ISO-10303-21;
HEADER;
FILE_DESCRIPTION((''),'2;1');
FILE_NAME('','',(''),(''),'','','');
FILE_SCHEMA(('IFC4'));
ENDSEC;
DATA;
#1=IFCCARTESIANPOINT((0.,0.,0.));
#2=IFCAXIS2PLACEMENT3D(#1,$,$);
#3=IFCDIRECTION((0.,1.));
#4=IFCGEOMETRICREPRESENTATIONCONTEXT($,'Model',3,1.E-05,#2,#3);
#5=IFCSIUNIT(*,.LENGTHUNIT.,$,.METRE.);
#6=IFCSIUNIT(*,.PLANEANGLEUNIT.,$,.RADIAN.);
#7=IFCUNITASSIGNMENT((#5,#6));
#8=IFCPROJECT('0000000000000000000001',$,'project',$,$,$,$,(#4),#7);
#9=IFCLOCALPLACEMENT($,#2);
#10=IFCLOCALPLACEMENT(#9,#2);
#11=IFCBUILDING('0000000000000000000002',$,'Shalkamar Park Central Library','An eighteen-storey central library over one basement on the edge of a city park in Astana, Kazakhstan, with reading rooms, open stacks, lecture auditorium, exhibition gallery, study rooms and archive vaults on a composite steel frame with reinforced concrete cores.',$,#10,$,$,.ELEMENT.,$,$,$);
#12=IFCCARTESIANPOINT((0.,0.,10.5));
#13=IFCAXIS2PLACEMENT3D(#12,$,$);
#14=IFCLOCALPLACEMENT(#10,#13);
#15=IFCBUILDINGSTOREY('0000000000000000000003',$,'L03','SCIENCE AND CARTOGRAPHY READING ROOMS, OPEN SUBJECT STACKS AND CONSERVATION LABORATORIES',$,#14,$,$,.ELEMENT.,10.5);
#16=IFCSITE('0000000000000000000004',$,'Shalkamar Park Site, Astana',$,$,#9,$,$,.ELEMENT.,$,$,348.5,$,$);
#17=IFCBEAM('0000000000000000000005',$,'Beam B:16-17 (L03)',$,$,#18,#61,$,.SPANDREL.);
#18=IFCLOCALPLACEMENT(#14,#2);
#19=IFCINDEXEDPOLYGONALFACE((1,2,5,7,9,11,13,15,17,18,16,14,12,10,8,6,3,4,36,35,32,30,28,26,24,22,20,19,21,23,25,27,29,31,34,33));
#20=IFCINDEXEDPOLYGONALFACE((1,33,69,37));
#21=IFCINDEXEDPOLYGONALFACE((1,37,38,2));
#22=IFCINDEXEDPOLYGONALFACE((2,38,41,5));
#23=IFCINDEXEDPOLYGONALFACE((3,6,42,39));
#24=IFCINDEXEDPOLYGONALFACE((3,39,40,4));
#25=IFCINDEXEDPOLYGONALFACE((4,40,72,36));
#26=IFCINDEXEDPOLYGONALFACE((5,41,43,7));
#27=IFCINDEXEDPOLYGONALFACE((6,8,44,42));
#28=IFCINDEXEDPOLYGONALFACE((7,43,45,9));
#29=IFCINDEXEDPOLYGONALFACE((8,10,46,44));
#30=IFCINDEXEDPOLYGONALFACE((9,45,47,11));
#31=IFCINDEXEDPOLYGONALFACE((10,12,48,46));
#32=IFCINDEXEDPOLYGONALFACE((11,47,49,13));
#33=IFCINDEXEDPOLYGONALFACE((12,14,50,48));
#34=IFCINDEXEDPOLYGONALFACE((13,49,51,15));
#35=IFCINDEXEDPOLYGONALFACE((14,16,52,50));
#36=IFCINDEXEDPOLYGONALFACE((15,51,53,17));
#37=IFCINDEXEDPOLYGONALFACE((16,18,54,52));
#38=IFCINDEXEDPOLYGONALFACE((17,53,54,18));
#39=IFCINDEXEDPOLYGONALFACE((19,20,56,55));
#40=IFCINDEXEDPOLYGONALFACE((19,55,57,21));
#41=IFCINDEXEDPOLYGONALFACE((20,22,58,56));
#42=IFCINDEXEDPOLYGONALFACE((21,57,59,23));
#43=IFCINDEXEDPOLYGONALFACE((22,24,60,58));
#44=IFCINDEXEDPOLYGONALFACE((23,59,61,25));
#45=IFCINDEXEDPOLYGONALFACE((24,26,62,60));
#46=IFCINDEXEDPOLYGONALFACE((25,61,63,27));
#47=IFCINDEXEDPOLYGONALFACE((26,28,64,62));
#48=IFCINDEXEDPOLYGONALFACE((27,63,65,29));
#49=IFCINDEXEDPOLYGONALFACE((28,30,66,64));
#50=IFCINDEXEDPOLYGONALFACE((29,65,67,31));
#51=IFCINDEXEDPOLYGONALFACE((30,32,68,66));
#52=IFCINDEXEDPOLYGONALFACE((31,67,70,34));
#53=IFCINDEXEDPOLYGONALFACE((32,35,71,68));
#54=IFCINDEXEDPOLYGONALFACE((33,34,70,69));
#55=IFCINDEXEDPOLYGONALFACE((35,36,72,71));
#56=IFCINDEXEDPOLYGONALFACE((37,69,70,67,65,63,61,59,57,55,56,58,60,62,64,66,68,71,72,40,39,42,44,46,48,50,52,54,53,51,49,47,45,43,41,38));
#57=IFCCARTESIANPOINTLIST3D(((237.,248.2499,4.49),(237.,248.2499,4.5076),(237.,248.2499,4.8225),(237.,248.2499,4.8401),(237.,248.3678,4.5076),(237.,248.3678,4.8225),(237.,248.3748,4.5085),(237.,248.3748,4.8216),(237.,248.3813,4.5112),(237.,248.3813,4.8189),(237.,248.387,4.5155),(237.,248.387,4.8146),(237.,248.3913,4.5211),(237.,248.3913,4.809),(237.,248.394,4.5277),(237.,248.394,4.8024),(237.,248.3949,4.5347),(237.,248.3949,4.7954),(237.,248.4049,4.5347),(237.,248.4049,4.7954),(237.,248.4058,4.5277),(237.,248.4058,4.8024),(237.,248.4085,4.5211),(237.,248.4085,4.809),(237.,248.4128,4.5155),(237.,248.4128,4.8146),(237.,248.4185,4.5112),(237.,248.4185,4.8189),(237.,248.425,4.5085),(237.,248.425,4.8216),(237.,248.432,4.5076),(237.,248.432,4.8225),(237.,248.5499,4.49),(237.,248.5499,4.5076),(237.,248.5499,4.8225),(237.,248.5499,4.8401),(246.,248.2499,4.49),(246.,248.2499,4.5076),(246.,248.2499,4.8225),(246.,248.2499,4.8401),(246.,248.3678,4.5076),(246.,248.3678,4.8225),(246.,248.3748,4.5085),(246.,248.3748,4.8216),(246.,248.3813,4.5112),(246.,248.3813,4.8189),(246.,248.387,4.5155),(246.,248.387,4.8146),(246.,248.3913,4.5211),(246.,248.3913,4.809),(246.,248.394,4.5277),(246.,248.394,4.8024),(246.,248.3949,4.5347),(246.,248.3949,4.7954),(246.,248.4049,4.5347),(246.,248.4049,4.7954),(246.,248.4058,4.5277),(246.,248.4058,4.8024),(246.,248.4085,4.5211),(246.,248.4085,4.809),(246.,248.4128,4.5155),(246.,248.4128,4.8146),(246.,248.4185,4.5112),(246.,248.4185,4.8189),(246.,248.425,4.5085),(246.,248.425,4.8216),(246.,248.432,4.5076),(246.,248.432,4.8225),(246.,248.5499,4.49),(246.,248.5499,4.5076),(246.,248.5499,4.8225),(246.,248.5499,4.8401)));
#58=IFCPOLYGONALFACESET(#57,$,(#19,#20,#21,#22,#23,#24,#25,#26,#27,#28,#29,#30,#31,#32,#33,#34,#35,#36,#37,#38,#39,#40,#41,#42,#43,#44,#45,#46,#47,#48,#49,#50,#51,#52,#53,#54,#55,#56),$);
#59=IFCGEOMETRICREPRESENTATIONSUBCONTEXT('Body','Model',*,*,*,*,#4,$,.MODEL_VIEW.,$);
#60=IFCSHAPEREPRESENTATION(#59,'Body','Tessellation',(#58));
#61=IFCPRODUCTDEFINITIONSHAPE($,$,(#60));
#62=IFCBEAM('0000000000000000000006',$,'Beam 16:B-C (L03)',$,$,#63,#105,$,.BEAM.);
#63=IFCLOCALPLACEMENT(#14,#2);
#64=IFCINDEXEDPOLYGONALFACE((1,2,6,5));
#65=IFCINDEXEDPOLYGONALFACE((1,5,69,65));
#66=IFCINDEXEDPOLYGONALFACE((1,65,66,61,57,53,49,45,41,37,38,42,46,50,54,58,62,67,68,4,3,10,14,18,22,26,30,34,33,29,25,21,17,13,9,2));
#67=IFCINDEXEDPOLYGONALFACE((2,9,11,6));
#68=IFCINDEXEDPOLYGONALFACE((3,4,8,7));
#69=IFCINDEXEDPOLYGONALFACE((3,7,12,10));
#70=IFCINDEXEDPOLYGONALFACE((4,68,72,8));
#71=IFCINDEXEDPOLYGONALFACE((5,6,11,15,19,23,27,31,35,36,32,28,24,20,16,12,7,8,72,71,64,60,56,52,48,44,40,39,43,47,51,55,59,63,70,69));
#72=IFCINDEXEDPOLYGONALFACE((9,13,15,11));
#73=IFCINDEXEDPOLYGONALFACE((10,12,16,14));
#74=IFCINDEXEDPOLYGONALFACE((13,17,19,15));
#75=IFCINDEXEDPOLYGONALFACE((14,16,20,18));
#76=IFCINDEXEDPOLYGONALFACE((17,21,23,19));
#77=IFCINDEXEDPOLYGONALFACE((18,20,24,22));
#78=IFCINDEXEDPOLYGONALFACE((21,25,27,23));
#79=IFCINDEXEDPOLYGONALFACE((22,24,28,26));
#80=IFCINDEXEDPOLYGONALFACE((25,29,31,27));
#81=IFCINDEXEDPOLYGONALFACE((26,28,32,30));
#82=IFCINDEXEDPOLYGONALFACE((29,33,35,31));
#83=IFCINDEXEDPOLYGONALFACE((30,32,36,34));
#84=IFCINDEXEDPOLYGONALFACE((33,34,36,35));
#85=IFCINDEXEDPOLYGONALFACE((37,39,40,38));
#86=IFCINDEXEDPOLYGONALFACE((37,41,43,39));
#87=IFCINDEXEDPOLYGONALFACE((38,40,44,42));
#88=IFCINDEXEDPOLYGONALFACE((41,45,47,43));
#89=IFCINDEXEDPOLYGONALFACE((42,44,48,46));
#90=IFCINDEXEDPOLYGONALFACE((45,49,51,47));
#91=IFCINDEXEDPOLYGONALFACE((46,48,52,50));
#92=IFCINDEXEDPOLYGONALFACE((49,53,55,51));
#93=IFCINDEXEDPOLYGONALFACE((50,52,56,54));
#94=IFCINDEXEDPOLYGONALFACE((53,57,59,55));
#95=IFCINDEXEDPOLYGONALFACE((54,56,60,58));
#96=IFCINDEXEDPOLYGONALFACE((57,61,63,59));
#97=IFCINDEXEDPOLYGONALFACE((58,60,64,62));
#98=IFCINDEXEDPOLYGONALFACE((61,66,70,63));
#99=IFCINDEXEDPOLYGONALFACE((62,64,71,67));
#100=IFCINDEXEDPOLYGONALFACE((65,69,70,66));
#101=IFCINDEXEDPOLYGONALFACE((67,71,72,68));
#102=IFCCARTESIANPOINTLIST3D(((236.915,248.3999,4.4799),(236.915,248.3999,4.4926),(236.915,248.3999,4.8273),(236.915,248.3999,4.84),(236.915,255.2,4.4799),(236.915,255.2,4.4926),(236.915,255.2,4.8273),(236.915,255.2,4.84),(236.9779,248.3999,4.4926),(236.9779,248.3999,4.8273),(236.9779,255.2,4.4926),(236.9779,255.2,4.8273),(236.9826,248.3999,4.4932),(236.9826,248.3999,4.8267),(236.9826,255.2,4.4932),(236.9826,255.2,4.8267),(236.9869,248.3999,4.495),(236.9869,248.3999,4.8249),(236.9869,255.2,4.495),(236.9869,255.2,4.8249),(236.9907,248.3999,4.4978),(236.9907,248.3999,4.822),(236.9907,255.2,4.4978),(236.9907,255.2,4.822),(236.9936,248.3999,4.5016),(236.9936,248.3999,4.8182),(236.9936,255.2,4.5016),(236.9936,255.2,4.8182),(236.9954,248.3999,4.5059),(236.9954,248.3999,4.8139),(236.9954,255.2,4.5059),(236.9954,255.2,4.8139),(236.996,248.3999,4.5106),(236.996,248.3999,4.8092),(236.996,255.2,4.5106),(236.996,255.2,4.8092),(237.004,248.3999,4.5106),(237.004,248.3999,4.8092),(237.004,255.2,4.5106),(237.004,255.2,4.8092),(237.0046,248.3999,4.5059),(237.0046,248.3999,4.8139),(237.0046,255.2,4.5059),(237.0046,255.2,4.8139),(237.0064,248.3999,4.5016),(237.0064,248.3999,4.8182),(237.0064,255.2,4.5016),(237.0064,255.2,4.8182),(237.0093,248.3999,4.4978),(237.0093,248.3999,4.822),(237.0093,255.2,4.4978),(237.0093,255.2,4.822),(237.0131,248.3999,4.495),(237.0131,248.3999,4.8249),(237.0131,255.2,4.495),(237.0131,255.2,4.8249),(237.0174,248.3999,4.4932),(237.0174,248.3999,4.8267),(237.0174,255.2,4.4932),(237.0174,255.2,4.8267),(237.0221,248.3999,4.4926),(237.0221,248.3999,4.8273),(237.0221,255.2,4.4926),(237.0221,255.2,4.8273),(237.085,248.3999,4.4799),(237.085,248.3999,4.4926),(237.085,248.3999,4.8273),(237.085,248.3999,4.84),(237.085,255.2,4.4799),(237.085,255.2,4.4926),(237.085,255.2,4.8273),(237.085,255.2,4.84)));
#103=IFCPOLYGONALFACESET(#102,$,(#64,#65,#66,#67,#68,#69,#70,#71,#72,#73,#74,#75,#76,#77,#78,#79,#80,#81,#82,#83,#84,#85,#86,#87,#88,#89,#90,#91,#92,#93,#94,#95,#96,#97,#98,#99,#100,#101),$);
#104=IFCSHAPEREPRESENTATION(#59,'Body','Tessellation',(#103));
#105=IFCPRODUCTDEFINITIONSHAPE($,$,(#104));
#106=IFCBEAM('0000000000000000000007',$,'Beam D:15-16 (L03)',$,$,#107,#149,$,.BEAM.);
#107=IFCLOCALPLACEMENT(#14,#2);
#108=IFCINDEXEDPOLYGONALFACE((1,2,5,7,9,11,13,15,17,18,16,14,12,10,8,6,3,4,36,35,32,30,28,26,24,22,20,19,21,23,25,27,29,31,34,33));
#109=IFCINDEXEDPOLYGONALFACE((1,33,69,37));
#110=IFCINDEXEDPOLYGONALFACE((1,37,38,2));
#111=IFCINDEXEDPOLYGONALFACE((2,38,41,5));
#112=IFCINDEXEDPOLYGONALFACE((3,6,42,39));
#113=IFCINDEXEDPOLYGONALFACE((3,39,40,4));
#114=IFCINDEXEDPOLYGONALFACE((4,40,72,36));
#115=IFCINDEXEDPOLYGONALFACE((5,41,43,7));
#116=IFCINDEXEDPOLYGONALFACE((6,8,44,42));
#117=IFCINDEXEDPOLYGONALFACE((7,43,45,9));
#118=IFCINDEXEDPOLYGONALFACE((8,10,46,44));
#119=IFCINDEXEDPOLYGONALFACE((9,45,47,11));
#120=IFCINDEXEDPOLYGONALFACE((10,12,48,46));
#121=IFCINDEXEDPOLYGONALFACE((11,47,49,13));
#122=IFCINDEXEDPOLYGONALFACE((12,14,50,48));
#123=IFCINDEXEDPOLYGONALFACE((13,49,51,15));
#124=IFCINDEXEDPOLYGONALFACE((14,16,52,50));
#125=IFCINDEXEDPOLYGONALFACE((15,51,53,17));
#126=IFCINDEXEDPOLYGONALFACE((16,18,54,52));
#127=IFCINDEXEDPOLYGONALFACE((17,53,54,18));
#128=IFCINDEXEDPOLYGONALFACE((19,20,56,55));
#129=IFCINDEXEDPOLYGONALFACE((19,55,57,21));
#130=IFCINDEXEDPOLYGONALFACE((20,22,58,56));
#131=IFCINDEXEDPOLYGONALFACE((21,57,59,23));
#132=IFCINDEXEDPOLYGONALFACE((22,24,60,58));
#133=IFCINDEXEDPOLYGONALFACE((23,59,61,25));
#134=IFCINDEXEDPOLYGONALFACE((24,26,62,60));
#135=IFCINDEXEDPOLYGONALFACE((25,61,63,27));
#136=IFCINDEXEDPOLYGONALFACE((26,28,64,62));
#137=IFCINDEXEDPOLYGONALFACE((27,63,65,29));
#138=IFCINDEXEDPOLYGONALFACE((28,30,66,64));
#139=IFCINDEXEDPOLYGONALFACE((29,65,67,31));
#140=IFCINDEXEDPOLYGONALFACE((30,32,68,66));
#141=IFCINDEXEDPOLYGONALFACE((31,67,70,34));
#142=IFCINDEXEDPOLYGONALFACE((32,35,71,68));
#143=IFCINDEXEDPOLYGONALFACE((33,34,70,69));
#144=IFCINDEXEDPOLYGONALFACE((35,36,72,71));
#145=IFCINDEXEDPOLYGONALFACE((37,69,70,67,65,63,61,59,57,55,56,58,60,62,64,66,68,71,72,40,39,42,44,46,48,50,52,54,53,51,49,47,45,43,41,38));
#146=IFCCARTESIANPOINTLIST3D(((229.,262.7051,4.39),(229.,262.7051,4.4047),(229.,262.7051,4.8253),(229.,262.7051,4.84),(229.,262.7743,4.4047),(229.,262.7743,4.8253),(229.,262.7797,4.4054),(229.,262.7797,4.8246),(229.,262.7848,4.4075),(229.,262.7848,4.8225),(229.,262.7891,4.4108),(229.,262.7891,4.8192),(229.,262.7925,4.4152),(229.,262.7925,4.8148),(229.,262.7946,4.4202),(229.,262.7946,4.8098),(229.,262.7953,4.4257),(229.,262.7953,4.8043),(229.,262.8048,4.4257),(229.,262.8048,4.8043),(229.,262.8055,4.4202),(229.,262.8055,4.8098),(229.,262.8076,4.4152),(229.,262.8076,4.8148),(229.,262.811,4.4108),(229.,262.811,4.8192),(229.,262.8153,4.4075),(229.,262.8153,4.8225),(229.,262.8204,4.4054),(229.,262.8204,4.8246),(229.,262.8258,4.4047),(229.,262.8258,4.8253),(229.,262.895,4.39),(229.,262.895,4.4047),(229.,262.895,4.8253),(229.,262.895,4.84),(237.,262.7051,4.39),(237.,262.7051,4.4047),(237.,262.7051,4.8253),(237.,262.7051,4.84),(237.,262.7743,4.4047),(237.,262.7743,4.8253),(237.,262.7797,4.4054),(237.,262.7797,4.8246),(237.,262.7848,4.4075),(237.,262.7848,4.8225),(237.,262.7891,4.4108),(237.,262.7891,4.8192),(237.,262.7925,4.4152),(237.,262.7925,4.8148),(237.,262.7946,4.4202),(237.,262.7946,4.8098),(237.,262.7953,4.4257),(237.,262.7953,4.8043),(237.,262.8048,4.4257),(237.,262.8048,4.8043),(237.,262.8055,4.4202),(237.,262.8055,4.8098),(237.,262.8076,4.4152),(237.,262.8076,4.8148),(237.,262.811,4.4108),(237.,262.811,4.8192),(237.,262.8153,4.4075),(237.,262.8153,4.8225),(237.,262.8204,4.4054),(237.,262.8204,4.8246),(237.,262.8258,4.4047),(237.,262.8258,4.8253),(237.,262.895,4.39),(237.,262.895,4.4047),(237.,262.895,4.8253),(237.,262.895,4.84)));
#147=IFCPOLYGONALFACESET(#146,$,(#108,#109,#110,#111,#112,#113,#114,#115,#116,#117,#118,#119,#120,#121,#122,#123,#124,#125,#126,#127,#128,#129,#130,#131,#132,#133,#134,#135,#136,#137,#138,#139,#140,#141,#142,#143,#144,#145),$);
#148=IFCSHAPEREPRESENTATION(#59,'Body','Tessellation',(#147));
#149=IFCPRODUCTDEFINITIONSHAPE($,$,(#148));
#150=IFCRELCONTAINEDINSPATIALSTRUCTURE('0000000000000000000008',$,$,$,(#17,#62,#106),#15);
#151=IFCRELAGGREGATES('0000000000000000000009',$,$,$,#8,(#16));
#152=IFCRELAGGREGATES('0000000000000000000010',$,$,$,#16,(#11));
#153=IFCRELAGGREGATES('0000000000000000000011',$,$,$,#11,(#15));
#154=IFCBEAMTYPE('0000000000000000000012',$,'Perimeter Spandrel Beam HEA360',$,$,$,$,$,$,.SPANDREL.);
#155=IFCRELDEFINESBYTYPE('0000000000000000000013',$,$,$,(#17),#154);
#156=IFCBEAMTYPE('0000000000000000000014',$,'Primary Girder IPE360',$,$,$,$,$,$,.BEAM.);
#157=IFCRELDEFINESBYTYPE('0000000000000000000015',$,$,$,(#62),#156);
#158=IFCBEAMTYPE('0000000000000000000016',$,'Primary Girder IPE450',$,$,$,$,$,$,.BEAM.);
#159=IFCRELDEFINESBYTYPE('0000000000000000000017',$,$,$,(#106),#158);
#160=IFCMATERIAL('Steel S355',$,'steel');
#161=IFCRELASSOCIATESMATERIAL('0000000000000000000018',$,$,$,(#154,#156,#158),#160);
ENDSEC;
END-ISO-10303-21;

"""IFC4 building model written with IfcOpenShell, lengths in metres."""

from ifc_helpers import new_model, si_unit, direction, frame, origin, origin_2d, place, context, subcontext, project, spatial, i_section, extrude, material, material_profile, profile_set, type_object, element, save


model = new_model("IFC4")

# Units and contexts
model_context = context("Model", 3, precision=1e-05, world=origin(), true_north=direction((0.0, 1.0)))
body_context = subcontext(model_context, "Body", "Model", "MODEL_VIEW")
ifc_project = project(units=[si_unit("LENGTHUNIT", "METRE"), si_unit("PLANEANGLEUNIT", "RADIAN")], contexts=[model_context])

# Site, building, storey
site_placement = place(None, origin())
site = spatial("IfcSite", under=ifc_project, at=site_placement, Name="Shalkamar Park Site, Astana", CompositionType="ELEMENT", RefElevation=348.5)
building_placement = place(site_placement, origin())
building = spatial("IfcBuilding", under=site, at=building_placement, Name="Shalkamar Park Central Library", Description="An eighteen-storey central library over one basement on the edge of a city park in Astana, Kazakhstan, with reading rooms, open stacks, lecture auditorium, exhibition gallery, study rooms and archive vaults on a composite steel frame with reinforced concrete cores.", CompositionType="ELEMENT")
storey_placement = place(building_placement, frame((0.0, 0.0, 10.5)))
storey = spatial("IfcBuildingStorey", under=building, at=storey_placement, Name="L03", Description="SCIENCE AND CARTOGRAPHY READING ROOMS, OPEN SUBJECT STACKS AND CONSERVATION LABORATORIES", CompositionType="ELEMENT", Elevation=10.5)

# Shared definitions
ifc_material_1 = material(Name="Steel S355", Category="steel")

# Beams
ifc_material_profile_1 = material_profile(ifc_material_1, i_section(OverallWidth=0.3, OverallDepth=0.3501, WebThickness=0.01, FlangeThickness=0.0176, FilletRadius=0.0271, at=origin_2d()), Name="HEA 360")
ifc_profile_set_1 = profile_set([ifc_material_profile_1], Name="Steel S355")
beam_type_1 = type_object("IfcBeamType", Name="Perimeter Spandrel Beam HEA360", PredefinedType="SPANDREL", material=ifc_profile_set_1)
beam_1_placement = place(storey_placement, frame((237.0, 248.3999, 4.665), z_axis=(1.0, 0.0, 0.0), x_axis=(0.0, 1.0, 0.0)))
element("IfcBeam", 1, at=beam_1_placement, inside=storey, type_object=beam_type_1, Name="Beam B:16-17 (L03)", PredefinedType="SPANDREL", context=body_context, shape_type="SweptSolid", body=[
    extrude(i_section(OverallWidth=0.3, OverallDepth=0.3501, WebThickness=0.01, FlangeThickness=0.0176, FilletRadius=0.0271, at=origin_2d()), origin(), (0.0, 0.0, 1.0), 9.0),
])
ifc_material_profile_2 = material_profile(ifc_material_1, i_section(OverallWidth=0.1699, OverallDepth=0.3601, WebThickness=0.0081, FlangeThickness=0.0127, FilletRadius=0.0181, at=origin_2d()), Name="IPE 360")
ifc_profile_set_2 = profile_set([ifc_material_profile_2], Name="Steel S355")
beam_type_2 = type_object("IfcBeamType", Name="Primary Girder IPE360", PredefinedType="BEAM", material=ifc_profile_set_2)
beam_2_placement = place(storey_placement, frame((237.0, 248.3999, 4.6599), z_axis=(0.0, 1.0, 0.0), x_axis=(-1.0, 0.0, 0.0)))
element("IfcBeam", 2, at=beam_2_placement, inside=storey, type_object=beam_type_2, Name="Beam 16:B-C (L03)", PredefinedType="BEAM", context=body_context, shape_type="SweptSolid", body=[
    extrude(i_section(OverallWidth=0.1699, OverallDepth=0.3601, WebThickness=0.0081, FlangeThickness=0.0127, FilletRadius=0.0181, at=origin_2d()), origin(), (0.0, 0.0, 1.0), 6.8),
])
ifc_material_profile_3 = material_profile(ifc_material_1, i_section(OverallWidth=0.1899, OverallDepth=0.45, WebThickness=0.0095, FlangeThickness=0.0146, FilletRadius=0.021, at=origin_2d()), Name="IPE 450")
ifc_profile_set_3 = profile_set([ifc_material_profile_3], Name="Steel S355")
beam_type_3 = type_object("IfcBeamType", Name="Primary Girder IPE450", PredefinedType="BEAM", material=ifc_profile_set_3)
beam_3_placement = place(storey_placement, frame((229.0, 262.8, 4.615), z_axis=(1.0, 0.0, 0.0), x_axis=(0.0, 1.0, 0.0)))
element("IfcBeam", 3, at=beam_3_placement, inside=storey, type_object=beam_type_3, Name="Beam D:15-16 (L03)", PredefinedType="BEAM", context=body_context, shape_type="SweptSolid", body=[
    extrude(i_section(OverallWidth=0.1899, OverallDepth=0.45, WebThickness=0.0095, FlangeThickness=0.0146, FilletRadius=0.021, at=origin_2d()), origin(), (0.0, 0.0, 1.0), 8.0),
])

save(model, "model.ifc")
